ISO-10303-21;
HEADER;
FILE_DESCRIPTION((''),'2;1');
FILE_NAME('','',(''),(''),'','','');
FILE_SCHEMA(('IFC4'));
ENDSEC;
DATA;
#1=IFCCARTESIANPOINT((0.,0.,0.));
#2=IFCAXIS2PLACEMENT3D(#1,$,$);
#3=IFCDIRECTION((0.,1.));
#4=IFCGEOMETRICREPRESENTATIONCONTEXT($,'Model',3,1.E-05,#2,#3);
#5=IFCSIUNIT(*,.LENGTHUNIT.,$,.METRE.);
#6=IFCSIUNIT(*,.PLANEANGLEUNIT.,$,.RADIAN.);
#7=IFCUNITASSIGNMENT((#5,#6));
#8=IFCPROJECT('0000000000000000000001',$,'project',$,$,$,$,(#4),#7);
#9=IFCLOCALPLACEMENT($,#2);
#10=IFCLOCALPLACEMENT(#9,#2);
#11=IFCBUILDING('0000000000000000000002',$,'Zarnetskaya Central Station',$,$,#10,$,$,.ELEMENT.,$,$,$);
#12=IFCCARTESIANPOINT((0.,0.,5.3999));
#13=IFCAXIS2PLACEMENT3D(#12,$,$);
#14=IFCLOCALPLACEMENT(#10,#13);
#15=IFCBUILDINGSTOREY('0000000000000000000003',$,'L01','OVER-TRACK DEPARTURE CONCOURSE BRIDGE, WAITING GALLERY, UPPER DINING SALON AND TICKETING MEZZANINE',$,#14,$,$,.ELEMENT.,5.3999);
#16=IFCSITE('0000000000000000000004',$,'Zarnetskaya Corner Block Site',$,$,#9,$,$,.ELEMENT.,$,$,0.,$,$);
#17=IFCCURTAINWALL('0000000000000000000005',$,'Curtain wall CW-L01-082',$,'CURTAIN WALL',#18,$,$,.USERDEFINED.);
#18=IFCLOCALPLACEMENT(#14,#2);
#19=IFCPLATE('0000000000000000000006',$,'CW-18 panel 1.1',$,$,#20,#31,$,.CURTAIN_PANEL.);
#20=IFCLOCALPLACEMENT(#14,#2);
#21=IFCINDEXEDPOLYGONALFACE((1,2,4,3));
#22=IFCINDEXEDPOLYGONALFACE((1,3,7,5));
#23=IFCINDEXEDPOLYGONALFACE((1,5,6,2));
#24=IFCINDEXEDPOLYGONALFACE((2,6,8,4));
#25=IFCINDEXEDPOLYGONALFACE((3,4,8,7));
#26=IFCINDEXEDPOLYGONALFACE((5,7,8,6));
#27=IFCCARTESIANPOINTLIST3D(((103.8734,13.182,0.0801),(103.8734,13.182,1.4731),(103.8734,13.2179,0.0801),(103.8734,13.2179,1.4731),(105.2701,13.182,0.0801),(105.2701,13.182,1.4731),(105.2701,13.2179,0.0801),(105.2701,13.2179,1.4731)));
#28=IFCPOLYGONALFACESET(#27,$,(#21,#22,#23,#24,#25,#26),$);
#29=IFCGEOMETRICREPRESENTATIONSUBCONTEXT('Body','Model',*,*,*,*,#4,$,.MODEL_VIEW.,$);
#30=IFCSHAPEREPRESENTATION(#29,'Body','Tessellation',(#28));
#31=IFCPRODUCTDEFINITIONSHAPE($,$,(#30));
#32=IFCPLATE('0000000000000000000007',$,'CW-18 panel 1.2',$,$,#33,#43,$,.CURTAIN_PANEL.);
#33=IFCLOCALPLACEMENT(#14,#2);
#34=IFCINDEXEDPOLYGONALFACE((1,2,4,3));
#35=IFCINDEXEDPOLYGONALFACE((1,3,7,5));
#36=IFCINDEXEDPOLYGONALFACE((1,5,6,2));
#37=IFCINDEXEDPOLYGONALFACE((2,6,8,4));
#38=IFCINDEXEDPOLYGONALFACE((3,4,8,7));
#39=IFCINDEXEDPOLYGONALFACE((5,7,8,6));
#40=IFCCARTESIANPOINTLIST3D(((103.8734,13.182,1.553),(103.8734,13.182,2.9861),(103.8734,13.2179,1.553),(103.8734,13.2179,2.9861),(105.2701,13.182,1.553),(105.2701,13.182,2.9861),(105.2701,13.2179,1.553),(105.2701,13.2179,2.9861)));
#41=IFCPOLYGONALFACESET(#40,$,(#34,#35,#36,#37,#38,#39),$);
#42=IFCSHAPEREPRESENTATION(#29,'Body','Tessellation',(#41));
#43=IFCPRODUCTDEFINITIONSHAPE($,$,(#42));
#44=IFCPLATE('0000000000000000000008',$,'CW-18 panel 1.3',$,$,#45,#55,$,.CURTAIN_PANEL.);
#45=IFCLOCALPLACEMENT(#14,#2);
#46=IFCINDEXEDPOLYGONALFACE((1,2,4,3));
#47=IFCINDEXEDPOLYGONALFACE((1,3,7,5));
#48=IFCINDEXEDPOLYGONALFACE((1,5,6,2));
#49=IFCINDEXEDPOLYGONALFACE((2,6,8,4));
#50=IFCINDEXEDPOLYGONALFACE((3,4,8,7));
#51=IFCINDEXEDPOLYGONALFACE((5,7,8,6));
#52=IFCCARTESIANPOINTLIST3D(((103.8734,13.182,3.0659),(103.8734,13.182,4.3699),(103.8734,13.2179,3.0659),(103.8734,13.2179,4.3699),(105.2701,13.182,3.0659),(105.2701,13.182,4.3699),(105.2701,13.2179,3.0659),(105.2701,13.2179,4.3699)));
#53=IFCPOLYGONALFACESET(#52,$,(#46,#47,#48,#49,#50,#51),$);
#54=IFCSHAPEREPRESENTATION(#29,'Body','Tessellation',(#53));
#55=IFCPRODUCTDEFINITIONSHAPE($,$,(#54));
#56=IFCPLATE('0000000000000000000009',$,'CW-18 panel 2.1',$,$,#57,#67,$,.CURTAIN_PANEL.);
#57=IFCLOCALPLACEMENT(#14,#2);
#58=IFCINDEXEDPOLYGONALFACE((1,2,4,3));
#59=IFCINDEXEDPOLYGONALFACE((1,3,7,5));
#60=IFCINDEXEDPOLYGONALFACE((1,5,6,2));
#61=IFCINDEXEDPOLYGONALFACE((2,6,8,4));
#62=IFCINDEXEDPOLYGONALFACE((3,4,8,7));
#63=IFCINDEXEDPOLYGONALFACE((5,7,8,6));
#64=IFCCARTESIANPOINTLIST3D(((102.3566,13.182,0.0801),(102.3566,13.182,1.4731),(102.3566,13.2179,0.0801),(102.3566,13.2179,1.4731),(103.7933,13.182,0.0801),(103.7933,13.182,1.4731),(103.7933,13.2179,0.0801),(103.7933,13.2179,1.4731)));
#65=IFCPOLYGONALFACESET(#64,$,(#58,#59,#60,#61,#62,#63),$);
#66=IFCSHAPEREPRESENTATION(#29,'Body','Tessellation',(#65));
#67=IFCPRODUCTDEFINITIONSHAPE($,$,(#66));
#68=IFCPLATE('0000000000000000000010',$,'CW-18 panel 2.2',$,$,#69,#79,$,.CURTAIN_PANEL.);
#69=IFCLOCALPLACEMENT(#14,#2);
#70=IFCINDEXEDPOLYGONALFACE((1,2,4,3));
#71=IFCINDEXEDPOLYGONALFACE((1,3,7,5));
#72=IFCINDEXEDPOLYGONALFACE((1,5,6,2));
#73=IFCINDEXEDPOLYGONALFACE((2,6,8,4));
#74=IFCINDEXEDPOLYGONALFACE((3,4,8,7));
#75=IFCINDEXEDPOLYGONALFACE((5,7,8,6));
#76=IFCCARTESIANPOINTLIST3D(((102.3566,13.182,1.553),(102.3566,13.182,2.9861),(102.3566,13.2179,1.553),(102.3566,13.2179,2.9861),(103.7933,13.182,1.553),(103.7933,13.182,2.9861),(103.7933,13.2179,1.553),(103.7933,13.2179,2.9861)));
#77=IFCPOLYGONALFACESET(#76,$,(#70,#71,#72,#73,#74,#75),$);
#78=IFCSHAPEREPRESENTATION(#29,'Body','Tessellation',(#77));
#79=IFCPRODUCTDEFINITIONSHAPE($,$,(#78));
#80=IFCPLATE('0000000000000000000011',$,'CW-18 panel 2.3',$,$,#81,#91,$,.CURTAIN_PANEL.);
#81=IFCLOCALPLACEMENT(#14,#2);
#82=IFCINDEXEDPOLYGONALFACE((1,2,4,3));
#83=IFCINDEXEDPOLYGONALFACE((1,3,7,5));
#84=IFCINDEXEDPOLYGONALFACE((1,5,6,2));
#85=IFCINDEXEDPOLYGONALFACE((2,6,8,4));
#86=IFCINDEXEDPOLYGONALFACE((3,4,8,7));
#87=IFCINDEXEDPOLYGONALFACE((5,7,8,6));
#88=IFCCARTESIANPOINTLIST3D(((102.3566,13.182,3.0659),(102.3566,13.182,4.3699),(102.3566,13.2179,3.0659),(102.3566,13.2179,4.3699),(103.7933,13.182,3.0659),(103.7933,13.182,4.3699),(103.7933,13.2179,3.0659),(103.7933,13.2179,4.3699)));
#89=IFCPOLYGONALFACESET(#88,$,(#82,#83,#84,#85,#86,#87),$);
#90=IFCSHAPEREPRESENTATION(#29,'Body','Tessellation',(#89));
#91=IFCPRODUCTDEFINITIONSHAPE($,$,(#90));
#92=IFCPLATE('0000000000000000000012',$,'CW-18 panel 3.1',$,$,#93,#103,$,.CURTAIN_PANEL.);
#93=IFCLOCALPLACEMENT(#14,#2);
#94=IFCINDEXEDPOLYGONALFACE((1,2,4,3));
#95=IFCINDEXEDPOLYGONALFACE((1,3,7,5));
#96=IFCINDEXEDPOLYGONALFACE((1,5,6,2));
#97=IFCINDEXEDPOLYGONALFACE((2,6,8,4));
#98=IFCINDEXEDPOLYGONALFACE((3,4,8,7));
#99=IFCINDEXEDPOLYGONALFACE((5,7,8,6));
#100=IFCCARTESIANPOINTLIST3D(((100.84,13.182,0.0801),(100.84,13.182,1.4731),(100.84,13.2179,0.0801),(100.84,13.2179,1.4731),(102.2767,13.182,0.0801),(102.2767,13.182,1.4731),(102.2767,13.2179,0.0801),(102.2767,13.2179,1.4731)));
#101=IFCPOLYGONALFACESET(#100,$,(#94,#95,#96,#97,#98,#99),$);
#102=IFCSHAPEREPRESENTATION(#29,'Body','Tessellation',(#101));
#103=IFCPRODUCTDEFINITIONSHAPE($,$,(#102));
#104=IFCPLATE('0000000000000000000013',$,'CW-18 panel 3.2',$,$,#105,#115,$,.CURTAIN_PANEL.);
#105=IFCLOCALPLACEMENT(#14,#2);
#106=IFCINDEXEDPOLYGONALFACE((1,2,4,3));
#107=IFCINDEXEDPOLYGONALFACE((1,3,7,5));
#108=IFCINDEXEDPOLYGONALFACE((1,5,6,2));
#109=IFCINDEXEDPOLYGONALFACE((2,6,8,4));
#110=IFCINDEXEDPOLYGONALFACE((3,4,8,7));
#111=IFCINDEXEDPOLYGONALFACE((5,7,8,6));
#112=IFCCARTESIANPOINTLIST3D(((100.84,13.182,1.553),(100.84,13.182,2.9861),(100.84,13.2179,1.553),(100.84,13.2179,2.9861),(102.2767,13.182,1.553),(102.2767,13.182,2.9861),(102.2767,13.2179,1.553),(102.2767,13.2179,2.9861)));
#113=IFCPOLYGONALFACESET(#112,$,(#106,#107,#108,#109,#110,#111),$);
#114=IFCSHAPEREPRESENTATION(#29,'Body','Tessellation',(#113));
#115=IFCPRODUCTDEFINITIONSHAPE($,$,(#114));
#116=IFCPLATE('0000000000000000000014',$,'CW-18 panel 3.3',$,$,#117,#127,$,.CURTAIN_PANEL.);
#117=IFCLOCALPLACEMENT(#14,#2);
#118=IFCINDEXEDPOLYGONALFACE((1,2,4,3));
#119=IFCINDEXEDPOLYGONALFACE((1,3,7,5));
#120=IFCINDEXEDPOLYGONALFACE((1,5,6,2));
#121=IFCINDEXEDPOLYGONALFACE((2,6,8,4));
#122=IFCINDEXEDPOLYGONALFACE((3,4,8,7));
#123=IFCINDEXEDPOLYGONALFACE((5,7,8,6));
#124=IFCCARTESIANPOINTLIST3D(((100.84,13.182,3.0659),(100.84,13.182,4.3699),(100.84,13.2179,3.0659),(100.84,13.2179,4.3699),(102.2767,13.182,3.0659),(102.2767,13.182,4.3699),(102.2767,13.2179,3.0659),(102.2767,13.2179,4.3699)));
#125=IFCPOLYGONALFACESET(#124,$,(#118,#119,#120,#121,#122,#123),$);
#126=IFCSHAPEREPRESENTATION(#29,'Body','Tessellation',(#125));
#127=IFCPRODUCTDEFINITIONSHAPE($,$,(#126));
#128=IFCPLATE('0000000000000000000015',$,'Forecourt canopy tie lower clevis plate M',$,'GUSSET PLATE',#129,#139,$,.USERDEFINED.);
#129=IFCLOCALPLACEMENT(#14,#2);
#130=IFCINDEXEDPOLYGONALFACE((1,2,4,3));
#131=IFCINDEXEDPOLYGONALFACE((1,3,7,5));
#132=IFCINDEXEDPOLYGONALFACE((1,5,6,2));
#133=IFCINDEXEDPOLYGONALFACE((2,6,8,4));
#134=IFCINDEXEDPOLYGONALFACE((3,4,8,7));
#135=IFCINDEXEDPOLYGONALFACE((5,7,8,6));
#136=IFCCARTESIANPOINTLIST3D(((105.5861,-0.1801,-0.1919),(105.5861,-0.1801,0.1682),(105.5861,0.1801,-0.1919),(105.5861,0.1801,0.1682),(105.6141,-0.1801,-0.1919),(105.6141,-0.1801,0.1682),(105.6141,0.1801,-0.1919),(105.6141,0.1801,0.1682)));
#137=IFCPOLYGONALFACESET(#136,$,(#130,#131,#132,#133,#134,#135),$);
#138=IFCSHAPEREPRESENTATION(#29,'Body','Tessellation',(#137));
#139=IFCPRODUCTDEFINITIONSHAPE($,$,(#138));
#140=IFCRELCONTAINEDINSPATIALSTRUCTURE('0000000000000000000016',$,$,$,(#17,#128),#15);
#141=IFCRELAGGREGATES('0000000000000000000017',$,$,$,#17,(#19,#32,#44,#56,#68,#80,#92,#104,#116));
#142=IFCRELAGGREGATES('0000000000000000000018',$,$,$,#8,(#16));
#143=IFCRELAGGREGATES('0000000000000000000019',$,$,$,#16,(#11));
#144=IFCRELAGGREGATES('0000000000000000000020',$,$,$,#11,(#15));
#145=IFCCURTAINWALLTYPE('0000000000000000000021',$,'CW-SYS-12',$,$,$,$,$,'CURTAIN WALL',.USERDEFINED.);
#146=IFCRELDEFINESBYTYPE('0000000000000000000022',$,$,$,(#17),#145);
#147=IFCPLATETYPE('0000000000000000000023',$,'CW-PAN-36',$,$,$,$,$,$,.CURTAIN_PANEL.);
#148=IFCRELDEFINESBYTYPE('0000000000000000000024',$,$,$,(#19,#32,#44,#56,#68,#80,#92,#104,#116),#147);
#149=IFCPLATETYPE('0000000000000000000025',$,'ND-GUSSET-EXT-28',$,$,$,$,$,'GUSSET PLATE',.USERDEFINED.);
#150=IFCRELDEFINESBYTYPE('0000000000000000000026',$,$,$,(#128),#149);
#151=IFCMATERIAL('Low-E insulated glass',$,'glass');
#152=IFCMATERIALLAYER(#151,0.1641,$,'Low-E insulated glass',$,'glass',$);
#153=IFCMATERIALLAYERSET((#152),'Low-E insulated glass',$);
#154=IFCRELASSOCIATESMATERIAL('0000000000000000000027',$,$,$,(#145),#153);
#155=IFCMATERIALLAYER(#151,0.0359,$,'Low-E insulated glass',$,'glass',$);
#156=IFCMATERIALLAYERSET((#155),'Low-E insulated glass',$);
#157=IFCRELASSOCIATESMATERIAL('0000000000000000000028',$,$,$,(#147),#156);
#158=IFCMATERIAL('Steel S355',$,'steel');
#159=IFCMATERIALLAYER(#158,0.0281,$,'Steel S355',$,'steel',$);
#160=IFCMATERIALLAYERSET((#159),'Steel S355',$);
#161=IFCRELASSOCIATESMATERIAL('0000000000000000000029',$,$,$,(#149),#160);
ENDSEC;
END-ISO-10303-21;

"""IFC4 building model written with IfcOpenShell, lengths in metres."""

from ifc_helpers import new_model, si_unit, direction, frame, origin, origin_2d, place, context, subcontext, project, spatial, rectangle, extrude, material, layer, layer_set, type_object, element, aggregate, save


model = new_model("IFC4")

# Units and contexts
model_context = context("Model", 3, precision=1e-05, world=origin(), true_north=direction((0.0, 1.0)))
body_context = subcontext(model_context, "Body", "Model", "MODEL_VIEW")
ifc_project = project(units=[si_unit("LENGTHUNIT", "METRE"), si_unit("PLANEANGLEUNIT", "RADIAN")], contexts=[model_context])

# Site, building, storey
site_placement = place(None, origin())
site = spatial("IfcSite", under=ifc_project, at=site_placement, Name="Zarnetskaya Corner Block Site", CompositionType="ELEMENT", RefElevation=0.0)
building_placement = place(site_placement, origin())
building = spatial("IfcBuilding", under=site, at=building_placement, Name="Zarnetskaya Central Station", CompositionType="ELEMENT")
storey_placement = place(building_placement, frame((0.0, 0.0, 5.3999)))
storey = spatial("IfcBuildingStorey", under=building, at=storey_placement, Name="L01", Description="OVER-TRACK DEPARTURE CONCOURSE BRIDGE, WAITING GALLERY, UPPER DINING SALON AND TICKETING MEZZANINE", CompositionType="ELEMENT", Elevation=5.3999)

# Shared definitions
ifc_material_1 = material(Name="Steel S355", Category="steel")

# Curtain wall
ifc_material_2 = material(Name="Low-E insulated glass", Category="glass")
ifc_layer_1 = layer(ifc_material_2, 0.1641, Name="Low-E insulated glass", Category="glass")
ifc_layer_set_1 = layer_set([ifc_layer_1], Name="Low-E insulated glass")
curtain_wall_type = type_object("IfcCurtainWallType", Name="CW-SYS-12", ElementType="CURTAIN WALL", PredefinedType="USERDEFINED", material=ifc_layer_set_1)
curtain_wall_placement = place(storey_placement, origin())
curtain_wall = element("IfcCurtainWall", 1, at=curtain_wall_placement, inside=storey, type_object=curtain_wall_type, Name="Curtain wall CW-L01-082", ObjectType="CURTAIN WALL", PredefinedType="USERDEFINED")

# Plates
ifc_layer_2 = layer(ifc_material_2, 0.0359, Name="Low-E insulated glass", Category="glass")
ifc_layer_set_2 = layer_set([ifc_layer_2], Name="Low-E insulated glass")
plate_type_1 = type_object("IfcPlateType", Name="CW-PAN-36", PredefinedType="CURTAIN_PANEL", material=ifc_layer_set_2)
plate_1_placement = place(storey_placement, frame((104.5718, 13.2, 0.0801), z_axis=(0.0, 0.0, 1.0), x_axis=(-1.0, 0.0, 0.0)))
plate_1 = element("IfcPlate", 2, at=plate_1_placement, type_object=plate_type_1, Name="CW-18 panel 1.1", PredefinedType="CURTAIN_PANEL", context=body_context, shape_type="SweptSolid", body=[
    extrude(rectangle(XDim=1.3967, YDim=0.0359, at=origin_2d()), origin(), (0.0, 0.0, 1.0), 1.3931),
])
plate_2_placement = place(storey_placement, frame((104.5718, 13.2, 1.553), z_axis=(0.0, 0.0, 1.0), x_axis=(-1.0, 0.0, 0.0)))
plate_2 = element("IfcPlate", 3, at=plate_2_placement, type_object=plate_type_1, Name="CW-18 panel 1.2", PredefinedType="CURTAIN_PANEL", context=body_context, shape_type="SweptSolid", body=[
    extrude(rectangle(XDim=1.3967, YDim=0.0359, at=origin_2d()), origin(), (0.0, 0.0, 1.0), 1.4331),
])
plate_3_placement = place(storey_placement, frame((104.5718, 13.2, 3.0659), z_axis=(0.0, 0.0, 1.0), x_axis=(-1.0, 0.0, 0.0)))
plate_3 = element("IfcPlate", 4, at=plate_3_placement, type_object=plate_type_1, Name="CW-18 panel 1.3", PredefinedType="CURTAIN_PANEL", context=body_context, shape_type="SweptSolid", body=[
    extrude(rectangle(XDim=1.3967, YDim=0.0359, at=origin_2d()), origin(), (0.0, 0.0, 1.0), 1.304),
])
plate_4_placement = place(storey_placement, frame((103.075, 13.2, 0.0801), z_axis=(0.0, 0.0, 1.0), x_axis=(-1.0, 0.0, 0.0)))
plate_4 = element("IfcPlate", 5, at=plate_4_placement, type_object=plate_type_1, Name="CW-18 panel 2.1", PredefinedType="CURTAIN_PANEL", context=body_context, shape_type="SweptSolid", body=[
    extrude(rectangle(XDim=1.4368, YDim=0.0359, at=origin_2d()), origin(), (0.0, 0.0, 1.0), 1.3931),
])
plate_5_placement = place(storey_placement, frame((103.075, 13.2, 1.553), z_axis=(0.0, 0.0, 1.0), x_axis=(-1.0, 0.0, 0.0)))
plate_5 = element("IfcPlate", 6, at=plate_5_placement, type_object=plate_type_1, Name="CW-18 panel 2.2", PredefinedType="CURTAIN_PANEL", context=body_context, shape_type="SweptSolid", body=[
    extrude(rectangle(XDim=1.4368, YDim=0.0359, at=origin_2d()), origin(), (0.0, 0.0, 1.0), 1.4331),
])
plate_6_placement = place(storey_placement, frame((103.075, 13.2, 3.0659), z_axis=(0.0, 0.0, 1.0), x_axis=(-1.0, 0.0, 0.0)))
plate_6 = element("IfcPlate", 7, at=plate_6_placement, type_object=plate_type_1, Name="CW-18 panel 2.3", PredefinedType="CURTAIN_PANEL", context=body_context, shape_type="SweptSolid", body=[
    extrude(rectangle(XDim=1.4368, YDim=0.0359, at=origin_2d()), origin(), (0.0, 0.0, 1.0), 1.304),
])
plate_7_placement = place(storey_placement, frame((101.5583, 13.2, 0.0801), z_axis=(0.0, 0.0, 1.0), x_axis=(-1.0, 0.0, 0.0)))
plate_7 = element("IfcPlate", 8, at=plate_7_placement, type_object=plate_type_1, Name="CW-18 panel 3.1", PredefinedType="CURTAIN_PANEL", context=body_context, shape_type="SweptSolid", body=[
    extrude(rectangle(XDim=1.4368, YDim=0.0359, at=origin_2d()), origin(), (0.0, 0.0, 1.0), 1.3931),
])
plate_8_placement = place(storey_placement, frame((101.5583, 13.2, 1.553), z_axis=(0.0, 0.0, 1.0), x_axis=(-1.0, 0.0, 0.0)))
plate_8 = element("IfcPlate", 9, at=plate_8_placement, type_object=plate_type_1, Name="CW-18 panel 3.2", PredefinedType="CURTAIN_PANEL", context=body_context, shape_type="SweptSolid", body=[
    extrude(rectangle(XDim=1.4368, YDim=0.0359, at=origin_2d()), origin(), (0.0, 0.0, 1.0), 1.4331),
])
plate_9_placement = place(storey_placement, frame((101.5583, 13.2, 3.0659), z_axis=(0.0, 0.0, 1.0), x_axis=(-1.0, 0.0, 0.0)))
plate_9 = element("IfcPlate", 10, at=plate_9_placement, type_object=plate_type_1, Name="CW-18 panel 3.3", PredefinedType="CURTAIN_PANEL", context=body_context, shape_type="SweptSolid", body=[
    extrude(rectangle(XDim=1.4368, YDim=0.0359, at=origin_2d()), origin(), (0.0, 0.0, 1.0), 1.304),
])
aggregate(curtain_wall, [plate_1, plate_2, plate_3, plate_4, plate_5, plate_6, plate_7, plate_8, plate_9])
ifc_layer_3 = layer(ifc_material_1, 0.0281, Name="Steel S355", Category="steel")
ifc_layer_set_3 = layer_set([ifc_layer_3], Name="Steel S355")
plate_type_2 = type_object("IfcPlateType", Name="ND-GUSSET-EXT-28", ElementType="GUSSET PLATE", PredefinedType="USERDEFINED", material=ifc_layer_set_3)
plate_10_placement = place(storey_placement, frame((105.6001, 0.0, -0.1919), z_axis=(0.0, 0.0, 1.0), x_axis=(1.0, 0.0, 0.0)))
element("IfcPlate", 11, at=plate_10_placement, inside=storey, type_object=plate_type_2, Name="Forecourt canopy tie lower clevis plate M", ObjectType="GUSSET PLATE", PredefinedType="USERDEFINED", context=body_context, shape_type="SweptSolid", body=[
    extrude(rectangle(XDim=0.0281, YDim=0.3601, at=origin_2d()), origin(), (0.0, 0.0, 1.0), 0.3601),
])

save(model, "model.ifc")
